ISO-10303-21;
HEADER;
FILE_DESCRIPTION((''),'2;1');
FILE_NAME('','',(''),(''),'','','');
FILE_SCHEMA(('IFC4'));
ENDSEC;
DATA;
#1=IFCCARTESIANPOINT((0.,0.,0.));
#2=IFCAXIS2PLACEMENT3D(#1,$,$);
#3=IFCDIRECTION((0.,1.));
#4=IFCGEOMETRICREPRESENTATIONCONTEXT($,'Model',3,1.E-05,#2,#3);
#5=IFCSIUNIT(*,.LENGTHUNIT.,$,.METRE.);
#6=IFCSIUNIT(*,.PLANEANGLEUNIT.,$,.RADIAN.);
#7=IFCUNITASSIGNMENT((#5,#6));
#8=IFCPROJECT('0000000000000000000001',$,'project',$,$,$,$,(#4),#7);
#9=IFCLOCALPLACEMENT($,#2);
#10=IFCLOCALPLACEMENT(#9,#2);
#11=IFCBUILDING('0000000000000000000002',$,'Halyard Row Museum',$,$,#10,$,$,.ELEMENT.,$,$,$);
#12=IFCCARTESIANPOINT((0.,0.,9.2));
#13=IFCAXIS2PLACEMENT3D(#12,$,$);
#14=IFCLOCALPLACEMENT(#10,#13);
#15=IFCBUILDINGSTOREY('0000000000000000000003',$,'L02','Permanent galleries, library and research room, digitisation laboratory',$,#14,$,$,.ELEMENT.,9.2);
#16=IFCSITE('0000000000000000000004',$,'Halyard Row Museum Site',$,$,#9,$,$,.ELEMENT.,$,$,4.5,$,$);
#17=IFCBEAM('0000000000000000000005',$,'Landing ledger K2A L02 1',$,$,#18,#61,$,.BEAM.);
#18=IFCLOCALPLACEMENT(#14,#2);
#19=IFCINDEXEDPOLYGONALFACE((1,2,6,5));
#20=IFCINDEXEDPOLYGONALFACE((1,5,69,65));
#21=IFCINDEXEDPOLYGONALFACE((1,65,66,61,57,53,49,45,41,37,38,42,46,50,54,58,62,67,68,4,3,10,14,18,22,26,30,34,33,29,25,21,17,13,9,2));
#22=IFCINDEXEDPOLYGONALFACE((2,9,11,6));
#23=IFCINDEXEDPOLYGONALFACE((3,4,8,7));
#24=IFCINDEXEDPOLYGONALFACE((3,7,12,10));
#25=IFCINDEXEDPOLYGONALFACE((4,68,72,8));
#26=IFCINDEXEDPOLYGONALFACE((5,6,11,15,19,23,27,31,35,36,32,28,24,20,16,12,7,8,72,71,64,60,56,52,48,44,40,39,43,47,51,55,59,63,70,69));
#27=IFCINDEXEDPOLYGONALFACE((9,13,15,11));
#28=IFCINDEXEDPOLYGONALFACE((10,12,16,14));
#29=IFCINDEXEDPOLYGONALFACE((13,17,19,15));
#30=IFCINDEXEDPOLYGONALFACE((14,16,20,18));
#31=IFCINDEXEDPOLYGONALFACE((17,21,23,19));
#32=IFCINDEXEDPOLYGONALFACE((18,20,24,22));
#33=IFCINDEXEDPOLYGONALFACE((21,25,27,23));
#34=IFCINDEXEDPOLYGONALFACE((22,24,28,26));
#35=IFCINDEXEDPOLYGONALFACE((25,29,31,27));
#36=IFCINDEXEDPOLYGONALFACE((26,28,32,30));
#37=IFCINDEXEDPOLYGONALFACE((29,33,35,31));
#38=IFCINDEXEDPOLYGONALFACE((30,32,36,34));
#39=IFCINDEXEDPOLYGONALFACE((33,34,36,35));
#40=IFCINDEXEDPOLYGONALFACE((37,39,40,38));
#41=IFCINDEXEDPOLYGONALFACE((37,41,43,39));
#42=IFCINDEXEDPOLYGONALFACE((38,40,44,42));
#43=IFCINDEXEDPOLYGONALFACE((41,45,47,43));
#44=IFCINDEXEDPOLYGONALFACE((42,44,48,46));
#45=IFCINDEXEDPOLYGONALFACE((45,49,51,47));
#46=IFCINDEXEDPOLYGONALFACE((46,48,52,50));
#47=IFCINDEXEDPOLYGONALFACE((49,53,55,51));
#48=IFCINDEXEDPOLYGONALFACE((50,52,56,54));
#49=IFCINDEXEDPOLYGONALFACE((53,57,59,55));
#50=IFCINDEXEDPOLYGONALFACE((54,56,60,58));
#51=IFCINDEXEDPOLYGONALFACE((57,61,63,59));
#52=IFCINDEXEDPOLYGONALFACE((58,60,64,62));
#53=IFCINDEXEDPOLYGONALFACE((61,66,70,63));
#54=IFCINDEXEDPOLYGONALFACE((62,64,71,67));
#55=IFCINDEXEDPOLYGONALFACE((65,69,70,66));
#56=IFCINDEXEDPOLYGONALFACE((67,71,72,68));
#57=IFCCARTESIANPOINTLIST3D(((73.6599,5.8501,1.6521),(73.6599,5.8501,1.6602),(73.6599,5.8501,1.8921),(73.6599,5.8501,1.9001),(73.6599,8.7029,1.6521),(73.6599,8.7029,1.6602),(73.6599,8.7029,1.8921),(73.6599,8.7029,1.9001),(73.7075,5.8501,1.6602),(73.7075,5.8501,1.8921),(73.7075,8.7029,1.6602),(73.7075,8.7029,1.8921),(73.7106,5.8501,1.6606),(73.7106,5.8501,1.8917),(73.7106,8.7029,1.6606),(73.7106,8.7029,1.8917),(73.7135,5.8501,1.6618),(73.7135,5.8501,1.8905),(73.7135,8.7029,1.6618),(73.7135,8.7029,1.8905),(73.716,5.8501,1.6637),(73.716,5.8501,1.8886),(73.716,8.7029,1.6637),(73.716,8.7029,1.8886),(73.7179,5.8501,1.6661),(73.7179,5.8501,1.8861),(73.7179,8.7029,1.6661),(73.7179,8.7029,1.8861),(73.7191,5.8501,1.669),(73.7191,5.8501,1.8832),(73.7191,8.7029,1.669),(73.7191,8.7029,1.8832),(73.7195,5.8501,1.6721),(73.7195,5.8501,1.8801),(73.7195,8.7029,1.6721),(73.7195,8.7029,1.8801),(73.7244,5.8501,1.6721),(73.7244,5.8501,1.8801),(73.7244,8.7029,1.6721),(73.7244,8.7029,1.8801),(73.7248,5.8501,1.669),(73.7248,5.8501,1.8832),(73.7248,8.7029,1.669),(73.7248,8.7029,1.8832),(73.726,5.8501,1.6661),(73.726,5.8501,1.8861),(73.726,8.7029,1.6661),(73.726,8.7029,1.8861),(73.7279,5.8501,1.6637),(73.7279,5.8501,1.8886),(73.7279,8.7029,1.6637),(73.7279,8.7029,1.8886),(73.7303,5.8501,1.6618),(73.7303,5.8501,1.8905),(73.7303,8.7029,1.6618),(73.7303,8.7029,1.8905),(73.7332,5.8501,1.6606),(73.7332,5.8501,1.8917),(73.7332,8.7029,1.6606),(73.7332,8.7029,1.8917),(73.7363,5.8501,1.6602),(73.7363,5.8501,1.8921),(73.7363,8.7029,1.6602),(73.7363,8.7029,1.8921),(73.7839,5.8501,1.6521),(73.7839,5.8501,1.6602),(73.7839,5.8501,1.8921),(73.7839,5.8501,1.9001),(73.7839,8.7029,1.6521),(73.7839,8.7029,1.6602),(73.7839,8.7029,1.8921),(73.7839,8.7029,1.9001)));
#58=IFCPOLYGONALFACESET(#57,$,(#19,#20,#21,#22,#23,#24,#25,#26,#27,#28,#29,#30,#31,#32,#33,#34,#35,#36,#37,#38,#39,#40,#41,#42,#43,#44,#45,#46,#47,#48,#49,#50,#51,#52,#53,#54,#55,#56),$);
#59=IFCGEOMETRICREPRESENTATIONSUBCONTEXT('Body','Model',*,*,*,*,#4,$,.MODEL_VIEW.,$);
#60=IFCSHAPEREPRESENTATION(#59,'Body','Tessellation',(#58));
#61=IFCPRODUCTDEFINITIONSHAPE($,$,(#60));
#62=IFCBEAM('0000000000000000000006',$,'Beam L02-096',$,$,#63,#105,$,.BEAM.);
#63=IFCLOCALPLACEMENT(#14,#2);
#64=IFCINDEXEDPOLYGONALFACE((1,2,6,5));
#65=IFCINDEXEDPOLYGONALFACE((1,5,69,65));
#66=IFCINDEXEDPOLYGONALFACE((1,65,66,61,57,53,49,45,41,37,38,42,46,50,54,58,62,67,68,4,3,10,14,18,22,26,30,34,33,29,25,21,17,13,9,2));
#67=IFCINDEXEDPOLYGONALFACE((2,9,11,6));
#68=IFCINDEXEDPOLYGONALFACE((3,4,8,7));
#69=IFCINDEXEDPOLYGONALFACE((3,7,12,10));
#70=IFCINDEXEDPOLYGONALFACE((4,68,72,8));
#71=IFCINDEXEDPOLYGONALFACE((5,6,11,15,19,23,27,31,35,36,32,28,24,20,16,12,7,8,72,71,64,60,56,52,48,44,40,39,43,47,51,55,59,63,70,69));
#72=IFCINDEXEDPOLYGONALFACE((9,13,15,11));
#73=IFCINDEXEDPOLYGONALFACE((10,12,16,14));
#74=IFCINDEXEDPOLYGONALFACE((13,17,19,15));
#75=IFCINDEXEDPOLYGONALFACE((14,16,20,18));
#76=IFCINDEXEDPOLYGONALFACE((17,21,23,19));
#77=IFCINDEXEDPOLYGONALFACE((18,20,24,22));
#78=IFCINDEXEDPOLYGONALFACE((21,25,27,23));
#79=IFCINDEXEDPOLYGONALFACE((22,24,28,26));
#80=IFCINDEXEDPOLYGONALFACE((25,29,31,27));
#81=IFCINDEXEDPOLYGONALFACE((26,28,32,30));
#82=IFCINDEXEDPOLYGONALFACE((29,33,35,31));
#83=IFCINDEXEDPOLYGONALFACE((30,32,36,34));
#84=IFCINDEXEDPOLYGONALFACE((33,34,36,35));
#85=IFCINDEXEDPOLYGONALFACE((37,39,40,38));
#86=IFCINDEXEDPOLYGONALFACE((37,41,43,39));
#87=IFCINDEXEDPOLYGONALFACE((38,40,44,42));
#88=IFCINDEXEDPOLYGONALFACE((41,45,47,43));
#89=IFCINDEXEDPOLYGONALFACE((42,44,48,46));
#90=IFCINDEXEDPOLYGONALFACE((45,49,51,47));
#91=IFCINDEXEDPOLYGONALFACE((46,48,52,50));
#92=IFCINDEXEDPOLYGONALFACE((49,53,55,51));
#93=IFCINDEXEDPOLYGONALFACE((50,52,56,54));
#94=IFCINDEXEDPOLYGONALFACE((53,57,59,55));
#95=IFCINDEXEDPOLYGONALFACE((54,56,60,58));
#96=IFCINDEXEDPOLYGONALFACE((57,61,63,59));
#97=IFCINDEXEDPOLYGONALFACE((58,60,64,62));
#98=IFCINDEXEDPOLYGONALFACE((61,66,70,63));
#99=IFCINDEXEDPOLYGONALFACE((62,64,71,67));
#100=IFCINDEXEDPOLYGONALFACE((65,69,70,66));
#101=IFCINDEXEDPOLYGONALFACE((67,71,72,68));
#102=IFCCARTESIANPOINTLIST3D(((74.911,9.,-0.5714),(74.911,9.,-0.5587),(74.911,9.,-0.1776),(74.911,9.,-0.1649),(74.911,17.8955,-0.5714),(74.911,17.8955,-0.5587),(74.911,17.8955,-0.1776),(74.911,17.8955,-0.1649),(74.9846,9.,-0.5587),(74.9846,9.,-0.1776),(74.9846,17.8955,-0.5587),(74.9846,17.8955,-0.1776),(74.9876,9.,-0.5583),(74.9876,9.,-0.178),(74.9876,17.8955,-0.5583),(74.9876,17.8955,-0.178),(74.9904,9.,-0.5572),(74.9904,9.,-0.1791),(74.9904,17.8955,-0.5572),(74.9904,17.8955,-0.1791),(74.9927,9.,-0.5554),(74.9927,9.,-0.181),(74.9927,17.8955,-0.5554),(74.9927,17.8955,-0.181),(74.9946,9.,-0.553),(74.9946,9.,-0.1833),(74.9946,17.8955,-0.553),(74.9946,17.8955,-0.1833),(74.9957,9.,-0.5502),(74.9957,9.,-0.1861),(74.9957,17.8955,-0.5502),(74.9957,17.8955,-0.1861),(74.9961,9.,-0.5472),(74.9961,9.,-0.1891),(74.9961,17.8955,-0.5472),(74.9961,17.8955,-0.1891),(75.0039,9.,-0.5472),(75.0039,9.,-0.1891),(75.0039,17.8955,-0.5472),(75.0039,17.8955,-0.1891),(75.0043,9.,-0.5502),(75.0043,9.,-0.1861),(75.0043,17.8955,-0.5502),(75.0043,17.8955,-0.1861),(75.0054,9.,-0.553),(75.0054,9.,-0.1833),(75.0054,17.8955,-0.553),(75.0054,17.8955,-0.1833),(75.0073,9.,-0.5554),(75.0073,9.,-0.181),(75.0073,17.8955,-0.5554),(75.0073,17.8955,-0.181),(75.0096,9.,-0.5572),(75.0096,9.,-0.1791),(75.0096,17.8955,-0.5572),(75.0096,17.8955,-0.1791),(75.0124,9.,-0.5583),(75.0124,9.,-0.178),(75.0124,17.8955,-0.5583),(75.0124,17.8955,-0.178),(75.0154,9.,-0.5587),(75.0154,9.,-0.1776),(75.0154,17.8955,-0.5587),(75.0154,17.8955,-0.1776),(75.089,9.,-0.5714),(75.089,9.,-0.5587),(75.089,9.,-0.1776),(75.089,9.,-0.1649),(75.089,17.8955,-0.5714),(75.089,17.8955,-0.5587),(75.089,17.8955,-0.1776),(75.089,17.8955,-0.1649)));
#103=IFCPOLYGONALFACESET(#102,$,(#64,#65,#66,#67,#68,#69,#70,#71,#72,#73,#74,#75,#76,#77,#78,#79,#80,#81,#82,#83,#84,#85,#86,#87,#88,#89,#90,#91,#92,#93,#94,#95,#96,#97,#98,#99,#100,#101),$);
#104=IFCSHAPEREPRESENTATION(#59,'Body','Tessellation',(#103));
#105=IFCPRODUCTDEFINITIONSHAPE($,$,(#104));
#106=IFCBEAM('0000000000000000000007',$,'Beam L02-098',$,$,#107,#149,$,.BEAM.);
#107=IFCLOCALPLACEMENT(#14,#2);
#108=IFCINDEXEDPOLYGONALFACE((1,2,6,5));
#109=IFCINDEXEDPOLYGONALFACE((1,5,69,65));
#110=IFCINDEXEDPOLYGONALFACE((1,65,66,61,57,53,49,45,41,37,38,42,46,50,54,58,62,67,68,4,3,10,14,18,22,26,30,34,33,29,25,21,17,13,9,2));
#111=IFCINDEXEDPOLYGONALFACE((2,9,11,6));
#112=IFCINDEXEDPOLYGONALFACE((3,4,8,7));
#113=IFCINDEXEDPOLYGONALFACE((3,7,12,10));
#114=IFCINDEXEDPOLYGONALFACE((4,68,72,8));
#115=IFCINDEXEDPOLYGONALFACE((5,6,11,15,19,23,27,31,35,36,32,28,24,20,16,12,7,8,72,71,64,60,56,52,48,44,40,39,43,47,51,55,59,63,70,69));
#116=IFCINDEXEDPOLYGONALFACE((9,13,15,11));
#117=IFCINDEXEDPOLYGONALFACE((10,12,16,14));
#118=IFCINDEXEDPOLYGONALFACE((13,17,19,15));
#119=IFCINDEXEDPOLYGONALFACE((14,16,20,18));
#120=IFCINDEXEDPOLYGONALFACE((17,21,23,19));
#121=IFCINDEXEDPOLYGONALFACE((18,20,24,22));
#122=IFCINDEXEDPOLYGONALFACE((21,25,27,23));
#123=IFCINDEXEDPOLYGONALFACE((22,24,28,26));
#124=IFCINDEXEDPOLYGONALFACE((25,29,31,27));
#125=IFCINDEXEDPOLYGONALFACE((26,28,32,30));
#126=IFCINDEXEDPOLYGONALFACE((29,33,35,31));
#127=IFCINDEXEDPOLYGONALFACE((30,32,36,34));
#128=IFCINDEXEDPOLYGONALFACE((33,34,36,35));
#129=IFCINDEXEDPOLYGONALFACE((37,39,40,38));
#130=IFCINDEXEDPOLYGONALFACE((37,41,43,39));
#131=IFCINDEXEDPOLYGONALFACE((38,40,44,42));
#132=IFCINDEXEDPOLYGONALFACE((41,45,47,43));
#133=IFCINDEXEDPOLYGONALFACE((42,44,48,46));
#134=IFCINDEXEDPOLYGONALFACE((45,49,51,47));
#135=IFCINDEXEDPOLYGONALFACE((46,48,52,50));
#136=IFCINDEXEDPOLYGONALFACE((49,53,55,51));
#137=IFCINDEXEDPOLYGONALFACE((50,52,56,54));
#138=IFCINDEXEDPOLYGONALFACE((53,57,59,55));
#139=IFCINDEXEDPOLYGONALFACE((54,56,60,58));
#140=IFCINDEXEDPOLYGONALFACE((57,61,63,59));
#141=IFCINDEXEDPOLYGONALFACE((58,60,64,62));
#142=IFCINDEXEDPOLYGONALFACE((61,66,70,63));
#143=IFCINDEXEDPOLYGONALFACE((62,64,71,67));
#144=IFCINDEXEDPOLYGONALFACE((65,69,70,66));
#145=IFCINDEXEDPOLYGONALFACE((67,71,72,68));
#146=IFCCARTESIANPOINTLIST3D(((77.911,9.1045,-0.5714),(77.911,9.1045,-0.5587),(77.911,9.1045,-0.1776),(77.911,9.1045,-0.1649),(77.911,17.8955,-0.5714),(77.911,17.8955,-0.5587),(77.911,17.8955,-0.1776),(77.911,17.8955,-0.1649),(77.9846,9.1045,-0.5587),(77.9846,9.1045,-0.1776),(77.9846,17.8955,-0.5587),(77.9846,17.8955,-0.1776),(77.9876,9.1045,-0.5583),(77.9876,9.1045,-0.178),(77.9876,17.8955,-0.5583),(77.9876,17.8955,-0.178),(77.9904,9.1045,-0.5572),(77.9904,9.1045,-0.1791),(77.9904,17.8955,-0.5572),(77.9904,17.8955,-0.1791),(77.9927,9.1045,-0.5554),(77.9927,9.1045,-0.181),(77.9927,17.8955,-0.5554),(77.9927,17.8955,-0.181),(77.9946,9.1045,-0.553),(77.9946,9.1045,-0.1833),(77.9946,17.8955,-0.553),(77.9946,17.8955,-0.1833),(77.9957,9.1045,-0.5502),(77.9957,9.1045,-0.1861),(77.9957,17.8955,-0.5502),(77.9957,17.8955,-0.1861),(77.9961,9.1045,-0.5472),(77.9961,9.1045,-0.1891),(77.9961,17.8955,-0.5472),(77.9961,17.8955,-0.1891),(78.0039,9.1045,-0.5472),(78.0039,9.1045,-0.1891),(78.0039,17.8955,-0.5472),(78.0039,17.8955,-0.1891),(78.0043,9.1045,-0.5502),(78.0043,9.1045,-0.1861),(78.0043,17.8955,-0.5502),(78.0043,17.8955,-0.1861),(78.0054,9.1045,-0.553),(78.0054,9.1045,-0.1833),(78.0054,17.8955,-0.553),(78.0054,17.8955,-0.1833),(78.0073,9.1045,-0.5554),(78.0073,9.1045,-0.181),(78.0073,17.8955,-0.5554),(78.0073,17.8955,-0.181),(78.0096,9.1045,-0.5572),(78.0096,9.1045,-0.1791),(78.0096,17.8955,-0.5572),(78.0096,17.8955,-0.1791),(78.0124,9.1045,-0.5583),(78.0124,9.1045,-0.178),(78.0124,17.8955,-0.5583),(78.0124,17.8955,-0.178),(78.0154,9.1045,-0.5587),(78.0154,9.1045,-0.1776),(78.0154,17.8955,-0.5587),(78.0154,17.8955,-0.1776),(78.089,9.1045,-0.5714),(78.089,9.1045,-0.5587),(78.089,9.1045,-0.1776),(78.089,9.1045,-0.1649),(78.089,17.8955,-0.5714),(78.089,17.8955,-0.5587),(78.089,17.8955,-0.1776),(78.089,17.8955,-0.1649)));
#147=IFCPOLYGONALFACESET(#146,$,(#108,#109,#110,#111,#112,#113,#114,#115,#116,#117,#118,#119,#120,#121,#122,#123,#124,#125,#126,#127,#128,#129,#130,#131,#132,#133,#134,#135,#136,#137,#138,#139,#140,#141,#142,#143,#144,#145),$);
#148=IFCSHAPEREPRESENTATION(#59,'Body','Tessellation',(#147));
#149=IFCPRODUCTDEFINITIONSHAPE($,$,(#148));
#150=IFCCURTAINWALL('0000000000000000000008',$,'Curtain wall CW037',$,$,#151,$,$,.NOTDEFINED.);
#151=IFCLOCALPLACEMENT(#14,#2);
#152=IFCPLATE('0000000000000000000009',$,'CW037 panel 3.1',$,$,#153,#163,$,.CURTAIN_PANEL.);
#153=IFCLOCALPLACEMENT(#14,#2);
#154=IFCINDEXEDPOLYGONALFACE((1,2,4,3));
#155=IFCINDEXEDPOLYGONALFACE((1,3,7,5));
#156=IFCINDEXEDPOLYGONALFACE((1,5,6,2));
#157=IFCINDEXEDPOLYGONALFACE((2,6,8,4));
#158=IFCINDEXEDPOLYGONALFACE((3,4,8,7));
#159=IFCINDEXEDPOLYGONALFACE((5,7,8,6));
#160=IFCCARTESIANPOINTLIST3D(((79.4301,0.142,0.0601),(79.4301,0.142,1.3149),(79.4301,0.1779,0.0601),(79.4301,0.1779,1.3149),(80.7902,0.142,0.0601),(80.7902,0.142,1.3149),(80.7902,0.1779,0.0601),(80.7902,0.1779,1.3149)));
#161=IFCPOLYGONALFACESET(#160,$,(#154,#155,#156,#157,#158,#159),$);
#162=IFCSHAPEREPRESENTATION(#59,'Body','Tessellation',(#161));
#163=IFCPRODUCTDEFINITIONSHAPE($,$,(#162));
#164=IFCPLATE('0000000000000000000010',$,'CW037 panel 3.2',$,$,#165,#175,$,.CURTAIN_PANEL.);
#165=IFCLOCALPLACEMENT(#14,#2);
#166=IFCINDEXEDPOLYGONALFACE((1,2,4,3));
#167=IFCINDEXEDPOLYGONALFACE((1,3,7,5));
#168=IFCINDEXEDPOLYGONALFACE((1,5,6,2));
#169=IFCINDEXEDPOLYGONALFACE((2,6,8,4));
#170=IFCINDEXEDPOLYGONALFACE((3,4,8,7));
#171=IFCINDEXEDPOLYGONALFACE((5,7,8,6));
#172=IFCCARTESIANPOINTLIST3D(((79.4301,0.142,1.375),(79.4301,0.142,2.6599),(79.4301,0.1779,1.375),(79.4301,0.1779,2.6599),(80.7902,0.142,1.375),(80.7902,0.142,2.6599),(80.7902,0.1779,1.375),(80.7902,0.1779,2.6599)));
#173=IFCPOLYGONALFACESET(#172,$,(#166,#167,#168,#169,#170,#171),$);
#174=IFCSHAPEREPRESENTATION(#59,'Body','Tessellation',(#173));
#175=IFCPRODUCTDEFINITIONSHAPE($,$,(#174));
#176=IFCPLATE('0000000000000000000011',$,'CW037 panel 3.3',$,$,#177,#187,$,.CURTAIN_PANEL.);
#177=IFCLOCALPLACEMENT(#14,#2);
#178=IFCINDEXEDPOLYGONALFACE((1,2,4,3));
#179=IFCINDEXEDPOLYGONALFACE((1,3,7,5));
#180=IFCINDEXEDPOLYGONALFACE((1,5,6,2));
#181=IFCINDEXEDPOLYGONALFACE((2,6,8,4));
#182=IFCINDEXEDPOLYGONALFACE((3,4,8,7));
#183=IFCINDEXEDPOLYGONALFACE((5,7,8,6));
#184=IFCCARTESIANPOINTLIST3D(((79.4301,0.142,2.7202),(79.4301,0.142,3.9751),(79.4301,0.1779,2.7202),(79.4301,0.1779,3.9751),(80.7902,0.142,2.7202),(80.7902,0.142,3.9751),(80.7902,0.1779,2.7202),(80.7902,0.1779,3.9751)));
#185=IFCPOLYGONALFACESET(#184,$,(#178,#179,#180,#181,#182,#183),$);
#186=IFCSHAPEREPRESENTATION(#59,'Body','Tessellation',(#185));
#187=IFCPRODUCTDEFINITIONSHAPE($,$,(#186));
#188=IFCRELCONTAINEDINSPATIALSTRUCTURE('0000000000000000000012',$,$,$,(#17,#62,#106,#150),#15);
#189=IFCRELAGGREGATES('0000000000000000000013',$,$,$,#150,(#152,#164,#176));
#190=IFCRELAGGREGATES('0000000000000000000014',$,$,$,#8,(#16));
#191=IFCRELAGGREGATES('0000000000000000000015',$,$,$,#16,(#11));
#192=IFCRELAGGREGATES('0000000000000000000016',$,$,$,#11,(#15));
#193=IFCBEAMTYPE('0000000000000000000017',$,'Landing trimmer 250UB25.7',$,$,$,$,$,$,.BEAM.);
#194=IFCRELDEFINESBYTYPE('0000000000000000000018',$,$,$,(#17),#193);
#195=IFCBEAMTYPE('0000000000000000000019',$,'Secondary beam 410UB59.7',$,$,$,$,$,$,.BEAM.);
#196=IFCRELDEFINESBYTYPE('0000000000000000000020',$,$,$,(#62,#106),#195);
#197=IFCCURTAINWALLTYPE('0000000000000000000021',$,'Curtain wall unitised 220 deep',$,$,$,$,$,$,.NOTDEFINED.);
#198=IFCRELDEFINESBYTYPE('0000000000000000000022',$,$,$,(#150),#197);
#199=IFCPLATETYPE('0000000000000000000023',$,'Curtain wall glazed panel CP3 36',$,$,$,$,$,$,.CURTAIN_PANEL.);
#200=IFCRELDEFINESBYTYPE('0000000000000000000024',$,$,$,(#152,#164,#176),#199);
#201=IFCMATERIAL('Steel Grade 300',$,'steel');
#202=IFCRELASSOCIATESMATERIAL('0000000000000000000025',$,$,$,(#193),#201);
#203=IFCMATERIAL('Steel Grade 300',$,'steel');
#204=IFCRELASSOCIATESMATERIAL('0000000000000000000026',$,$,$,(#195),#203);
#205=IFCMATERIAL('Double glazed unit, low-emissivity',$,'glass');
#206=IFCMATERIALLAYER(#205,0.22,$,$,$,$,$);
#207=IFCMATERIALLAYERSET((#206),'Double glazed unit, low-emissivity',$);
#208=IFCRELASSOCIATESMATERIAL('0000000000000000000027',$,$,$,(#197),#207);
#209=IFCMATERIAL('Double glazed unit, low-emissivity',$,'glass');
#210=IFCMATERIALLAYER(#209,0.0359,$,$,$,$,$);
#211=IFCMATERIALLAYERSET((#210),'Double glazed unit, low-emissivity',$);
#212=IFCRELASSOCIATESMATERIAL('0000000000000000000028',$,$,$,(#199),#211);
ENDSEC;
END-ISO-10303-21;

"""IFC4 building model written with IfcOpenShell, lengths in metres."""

from ifc_helpers import new_model, si_unit, direction, frame, origin, origin_2d, place, context, subcontext, project, spatial, rectangle, i_section, extrude, material, layer, layer_set, material_profile, profile_set, type_object, element, aggregate, save


model = new_model("IFC4")

# Units and contexts
model_context = context("Model", 3, precision=1e-05, world=origin(), true_north=direction((0.0, 1.0)))
body_context = subcontext(model_context, "Body", "Model", "MODEL_VIEW")
ifc_project = project(units=[si_unit("LENGTHUNIT", "METRE"), si_unit("PLANEANGLEUNIT", "RADIAN")], contexts=[model_context])

# Site, building, storey
site_placement = place(None, origin())
site = spatial("IfcSite", under=ifc_project, at=site_placement, Name="Halyard Row Museum Site", CompositionType="ELEMENT", RefElevation=4.5)
building_placement = place(site_placement, origin())
building = spatial("IfcBuilding", under=site, at=building_placement, Name="Halyard Row Museum", CompositionType="ELEMENT")
storey_placement = place(building_placement, frame((0.0, 0.0, 9.2)))
storey = spatial("IfcBuildingStorey", under=building, at=storey_placement, Name="L02", Description="Permanent galleries, library and research room, digitisation laboratory", CompositionType="ELEMENT", Elevation=9.2)

# Beams
ifc_material_1 = material(Name="Steel Grade 300", Category="steel")
ifc_material_profile_1 = material_profile(ifc_material_1, i_section(OverallWidth=0.124, OverallDepth=0.248, WebThickness=0.0049, FlangeThickness=0.0081, FilletRadius=0.012, at=origin_2d()), Name="250UB25.7")
ifc_profile_set_1 = profile_set([ifc_material_profile_1], Name="Steel Grade 300")
beam_type_1 = type_object("IfcBeamType", Name="Landing trimmer 250UB25.7", PredefinedType="BEAM", material=ifc_profile_set_1)
beam_1_placement = place(storey_placement, frame((73.7219, 8.7029, 1.7761), z_axis=(0.0, -1.0, 0.0), x_axis=(1.0, 0.0, 0.0)))
element("IfcBeam", 1, at=beam_1_placement, inside=storey, type_object=beam_type_1, Name="Landing ledger K2A L02 1", PredefinedType="BEAM", context=body_context, shape_type="SweptSolid", body=[
    extrude(i_section(OverallWidth=0.124, OverallDepth=0.248, WebThickness=0.0049, FlangeThickness=0.0081, FilletRadius=0.012, at=origin_2d()), origin(), (0.0, 0.0, 1.0), 2.8528),
])
ifc_material_2 = material(Name="Steel Grade 300", Category="steel")
ifc_material_profile_2 = material_profile(ifc_material_2, i_section(OverallWidth=0.178, OverallDepth=0.4065, WebThickness=0.0078, FlangeThickness=0.0127, FilletRadius=0.0115, at=origin_2d()), Name="410UB59.7")
ifc_profile_set_2 = profile_set([ifc_material_profile_2], Name="Steel Grade 300")
beam_type_2 = type_object("IfcBeamType", Name="Secondary beam 410UB59.7", PredefinedType="BEAM", material=ifc_profile_set_2)
beam_2_placement = place(storey_placement, frame((75.0, 9.0, -0.3682), z_axis=(0.0, 1.0, 0.0), x_axis=(-1.0, 0.0, 0.0)))
element("IfcBeam", 2, at=beam_2_placement, inside=storey, type_object=beam_type_2, Name="Beam L02-096", PredefinedType="BEAM", context=body_context, shape_type="SweptSolid", body=[
    extrude(i_section(OverallWidth=0.178, OverallDepth=0.4065, WebThickness=0.0078, FlangeThickness=0.0127, FilletRadius=0.0115, at=origin_2d()), origin(), (0.0, 0.0, 1.0), 8.8955),
])
beam_3_placement = place(storey_placement, frame((78.0, 9.1045, -0.3682), z_axis=(0.0, 1.0, 0.0), x_axis=(-1.0, 0.0, 0.0)))
element("IfcBeam", 3, at=beam_3_placement, inside=storey, type_object=beam_type_2, Name="Beam L02-098", PredefinedType="BEAM", context=body_context, shape_type="SweptSolid", body=[
    extrude(i_section(OverallWidth=0.178, OverallDepth=0.4065, WebThickness=0.0078, FlangeThickness=0.0127, FilletRadius=0.0115, at=origin_2d()), origin(), (0.0, 0.0, 1.0), 8.791),
])

# Curtain wall, plates
ifc_material_3 = material(Name="Double glazed unit, low-emissivity", Category="glass")
ifc_layer_1 = layer(ifc_material_3, 0.22)
ifc_layer_set_1 = layer_set([ifc_layer_1], Name="Double glazed unit, low-emissivity")
curtain_wall_type = type_object("IfcCurtainWallType", Name="Curtain wall unitised 220 deep", PredefinedType="NOTDEFINED", material=ifc_layer_set_1)
curtain_wall_placement = place(storey_placement, origin())
curtain_wall = element("IfcCurtainWall", 4, at=curtain_wall_placement, inside=storey, type_object=curtain_wall_type, Name="Curtain wall CW037", PredefinedType="NOTDEFINED")
ifc_material_4 = material(Name="Double glazed unit, low-emissivity", Category="glass")
ifc_layer_2 = layer(ifc_material_4, 0.0359)
ifc_layer_set_2 = layer_set([ifc_layer_2], Name="Double glazed unit, low-emissivity")
plate_type = type_object("IfcPlateType", Name="Curtain wall glazed panel CP3 36", PredefinedType="CURTAIN_PANEL", material=ifc_layer_set_2)
plate_1_placement = place(storey_placement, frame((80.1101, 0.1599, 0.0601), z_axis=(0.0, 0.0, 1.0), x_axis=(1.0, 0.0, 0.0)))
plate_1 = element("IfcPlate", 5, at=plate_1_placement, type_object=plate_type, Name="CW037 panel 3.1", PredefinedType="CURTAIN_PANEL", context=body_context, shape_type="SweptSolid", body=[
    extrude(rectangle(XDim=1.3601, YDim=0.0359, at=origin_2d()), origin(), (0.0, 0.0, 1.0), 1.2549),
])
plate_2_placement = place(storey_placement, frame((80.1101, 0.1599, 1.375), z_axis=(0.0, 0.0, 1.0), x_axis=(1.0, 0.0, 0.0)))
plate_2 = element("IfcPlate", 6, at=plate_2_placement, type_object=plate_type, Name="CW037 panel 3.2", PredefinedType="CURTAIN_PANEL", context=body_context, shape_type="SweptSolid", body=[
    extrude(rectangle(XDim=1.3601, YDim=0.0359, at=origin_2d()), origin(), (0.0, 0.0, 1.0), 1.2849),
])
plate_3_placement = place(storey_placement, frame((80.1101, 0.1599, 2.7202), z_axis=(0.0, 0.0, 1.0), x_axis=(1.0, 0.0, 0.0)))
plate_3 = element("IfcPlate", 7, at=plate_3_placement, type_object=plate_type, Name="CW037 panel 3.3", PredefinedType="CURTAIN_PANEL", context=body_context, shape_type="SweptSolid", body=[
    extrude(rectangle(XDim=1.3601, YDim=0.0359, at=origin_2d()), origin(), (0.0, 0.0, 1.0), 1.2549),
])
aggregate(curtain_wall, [plate_1, plate_2, plate_3])

save(model, "model.ifc")
